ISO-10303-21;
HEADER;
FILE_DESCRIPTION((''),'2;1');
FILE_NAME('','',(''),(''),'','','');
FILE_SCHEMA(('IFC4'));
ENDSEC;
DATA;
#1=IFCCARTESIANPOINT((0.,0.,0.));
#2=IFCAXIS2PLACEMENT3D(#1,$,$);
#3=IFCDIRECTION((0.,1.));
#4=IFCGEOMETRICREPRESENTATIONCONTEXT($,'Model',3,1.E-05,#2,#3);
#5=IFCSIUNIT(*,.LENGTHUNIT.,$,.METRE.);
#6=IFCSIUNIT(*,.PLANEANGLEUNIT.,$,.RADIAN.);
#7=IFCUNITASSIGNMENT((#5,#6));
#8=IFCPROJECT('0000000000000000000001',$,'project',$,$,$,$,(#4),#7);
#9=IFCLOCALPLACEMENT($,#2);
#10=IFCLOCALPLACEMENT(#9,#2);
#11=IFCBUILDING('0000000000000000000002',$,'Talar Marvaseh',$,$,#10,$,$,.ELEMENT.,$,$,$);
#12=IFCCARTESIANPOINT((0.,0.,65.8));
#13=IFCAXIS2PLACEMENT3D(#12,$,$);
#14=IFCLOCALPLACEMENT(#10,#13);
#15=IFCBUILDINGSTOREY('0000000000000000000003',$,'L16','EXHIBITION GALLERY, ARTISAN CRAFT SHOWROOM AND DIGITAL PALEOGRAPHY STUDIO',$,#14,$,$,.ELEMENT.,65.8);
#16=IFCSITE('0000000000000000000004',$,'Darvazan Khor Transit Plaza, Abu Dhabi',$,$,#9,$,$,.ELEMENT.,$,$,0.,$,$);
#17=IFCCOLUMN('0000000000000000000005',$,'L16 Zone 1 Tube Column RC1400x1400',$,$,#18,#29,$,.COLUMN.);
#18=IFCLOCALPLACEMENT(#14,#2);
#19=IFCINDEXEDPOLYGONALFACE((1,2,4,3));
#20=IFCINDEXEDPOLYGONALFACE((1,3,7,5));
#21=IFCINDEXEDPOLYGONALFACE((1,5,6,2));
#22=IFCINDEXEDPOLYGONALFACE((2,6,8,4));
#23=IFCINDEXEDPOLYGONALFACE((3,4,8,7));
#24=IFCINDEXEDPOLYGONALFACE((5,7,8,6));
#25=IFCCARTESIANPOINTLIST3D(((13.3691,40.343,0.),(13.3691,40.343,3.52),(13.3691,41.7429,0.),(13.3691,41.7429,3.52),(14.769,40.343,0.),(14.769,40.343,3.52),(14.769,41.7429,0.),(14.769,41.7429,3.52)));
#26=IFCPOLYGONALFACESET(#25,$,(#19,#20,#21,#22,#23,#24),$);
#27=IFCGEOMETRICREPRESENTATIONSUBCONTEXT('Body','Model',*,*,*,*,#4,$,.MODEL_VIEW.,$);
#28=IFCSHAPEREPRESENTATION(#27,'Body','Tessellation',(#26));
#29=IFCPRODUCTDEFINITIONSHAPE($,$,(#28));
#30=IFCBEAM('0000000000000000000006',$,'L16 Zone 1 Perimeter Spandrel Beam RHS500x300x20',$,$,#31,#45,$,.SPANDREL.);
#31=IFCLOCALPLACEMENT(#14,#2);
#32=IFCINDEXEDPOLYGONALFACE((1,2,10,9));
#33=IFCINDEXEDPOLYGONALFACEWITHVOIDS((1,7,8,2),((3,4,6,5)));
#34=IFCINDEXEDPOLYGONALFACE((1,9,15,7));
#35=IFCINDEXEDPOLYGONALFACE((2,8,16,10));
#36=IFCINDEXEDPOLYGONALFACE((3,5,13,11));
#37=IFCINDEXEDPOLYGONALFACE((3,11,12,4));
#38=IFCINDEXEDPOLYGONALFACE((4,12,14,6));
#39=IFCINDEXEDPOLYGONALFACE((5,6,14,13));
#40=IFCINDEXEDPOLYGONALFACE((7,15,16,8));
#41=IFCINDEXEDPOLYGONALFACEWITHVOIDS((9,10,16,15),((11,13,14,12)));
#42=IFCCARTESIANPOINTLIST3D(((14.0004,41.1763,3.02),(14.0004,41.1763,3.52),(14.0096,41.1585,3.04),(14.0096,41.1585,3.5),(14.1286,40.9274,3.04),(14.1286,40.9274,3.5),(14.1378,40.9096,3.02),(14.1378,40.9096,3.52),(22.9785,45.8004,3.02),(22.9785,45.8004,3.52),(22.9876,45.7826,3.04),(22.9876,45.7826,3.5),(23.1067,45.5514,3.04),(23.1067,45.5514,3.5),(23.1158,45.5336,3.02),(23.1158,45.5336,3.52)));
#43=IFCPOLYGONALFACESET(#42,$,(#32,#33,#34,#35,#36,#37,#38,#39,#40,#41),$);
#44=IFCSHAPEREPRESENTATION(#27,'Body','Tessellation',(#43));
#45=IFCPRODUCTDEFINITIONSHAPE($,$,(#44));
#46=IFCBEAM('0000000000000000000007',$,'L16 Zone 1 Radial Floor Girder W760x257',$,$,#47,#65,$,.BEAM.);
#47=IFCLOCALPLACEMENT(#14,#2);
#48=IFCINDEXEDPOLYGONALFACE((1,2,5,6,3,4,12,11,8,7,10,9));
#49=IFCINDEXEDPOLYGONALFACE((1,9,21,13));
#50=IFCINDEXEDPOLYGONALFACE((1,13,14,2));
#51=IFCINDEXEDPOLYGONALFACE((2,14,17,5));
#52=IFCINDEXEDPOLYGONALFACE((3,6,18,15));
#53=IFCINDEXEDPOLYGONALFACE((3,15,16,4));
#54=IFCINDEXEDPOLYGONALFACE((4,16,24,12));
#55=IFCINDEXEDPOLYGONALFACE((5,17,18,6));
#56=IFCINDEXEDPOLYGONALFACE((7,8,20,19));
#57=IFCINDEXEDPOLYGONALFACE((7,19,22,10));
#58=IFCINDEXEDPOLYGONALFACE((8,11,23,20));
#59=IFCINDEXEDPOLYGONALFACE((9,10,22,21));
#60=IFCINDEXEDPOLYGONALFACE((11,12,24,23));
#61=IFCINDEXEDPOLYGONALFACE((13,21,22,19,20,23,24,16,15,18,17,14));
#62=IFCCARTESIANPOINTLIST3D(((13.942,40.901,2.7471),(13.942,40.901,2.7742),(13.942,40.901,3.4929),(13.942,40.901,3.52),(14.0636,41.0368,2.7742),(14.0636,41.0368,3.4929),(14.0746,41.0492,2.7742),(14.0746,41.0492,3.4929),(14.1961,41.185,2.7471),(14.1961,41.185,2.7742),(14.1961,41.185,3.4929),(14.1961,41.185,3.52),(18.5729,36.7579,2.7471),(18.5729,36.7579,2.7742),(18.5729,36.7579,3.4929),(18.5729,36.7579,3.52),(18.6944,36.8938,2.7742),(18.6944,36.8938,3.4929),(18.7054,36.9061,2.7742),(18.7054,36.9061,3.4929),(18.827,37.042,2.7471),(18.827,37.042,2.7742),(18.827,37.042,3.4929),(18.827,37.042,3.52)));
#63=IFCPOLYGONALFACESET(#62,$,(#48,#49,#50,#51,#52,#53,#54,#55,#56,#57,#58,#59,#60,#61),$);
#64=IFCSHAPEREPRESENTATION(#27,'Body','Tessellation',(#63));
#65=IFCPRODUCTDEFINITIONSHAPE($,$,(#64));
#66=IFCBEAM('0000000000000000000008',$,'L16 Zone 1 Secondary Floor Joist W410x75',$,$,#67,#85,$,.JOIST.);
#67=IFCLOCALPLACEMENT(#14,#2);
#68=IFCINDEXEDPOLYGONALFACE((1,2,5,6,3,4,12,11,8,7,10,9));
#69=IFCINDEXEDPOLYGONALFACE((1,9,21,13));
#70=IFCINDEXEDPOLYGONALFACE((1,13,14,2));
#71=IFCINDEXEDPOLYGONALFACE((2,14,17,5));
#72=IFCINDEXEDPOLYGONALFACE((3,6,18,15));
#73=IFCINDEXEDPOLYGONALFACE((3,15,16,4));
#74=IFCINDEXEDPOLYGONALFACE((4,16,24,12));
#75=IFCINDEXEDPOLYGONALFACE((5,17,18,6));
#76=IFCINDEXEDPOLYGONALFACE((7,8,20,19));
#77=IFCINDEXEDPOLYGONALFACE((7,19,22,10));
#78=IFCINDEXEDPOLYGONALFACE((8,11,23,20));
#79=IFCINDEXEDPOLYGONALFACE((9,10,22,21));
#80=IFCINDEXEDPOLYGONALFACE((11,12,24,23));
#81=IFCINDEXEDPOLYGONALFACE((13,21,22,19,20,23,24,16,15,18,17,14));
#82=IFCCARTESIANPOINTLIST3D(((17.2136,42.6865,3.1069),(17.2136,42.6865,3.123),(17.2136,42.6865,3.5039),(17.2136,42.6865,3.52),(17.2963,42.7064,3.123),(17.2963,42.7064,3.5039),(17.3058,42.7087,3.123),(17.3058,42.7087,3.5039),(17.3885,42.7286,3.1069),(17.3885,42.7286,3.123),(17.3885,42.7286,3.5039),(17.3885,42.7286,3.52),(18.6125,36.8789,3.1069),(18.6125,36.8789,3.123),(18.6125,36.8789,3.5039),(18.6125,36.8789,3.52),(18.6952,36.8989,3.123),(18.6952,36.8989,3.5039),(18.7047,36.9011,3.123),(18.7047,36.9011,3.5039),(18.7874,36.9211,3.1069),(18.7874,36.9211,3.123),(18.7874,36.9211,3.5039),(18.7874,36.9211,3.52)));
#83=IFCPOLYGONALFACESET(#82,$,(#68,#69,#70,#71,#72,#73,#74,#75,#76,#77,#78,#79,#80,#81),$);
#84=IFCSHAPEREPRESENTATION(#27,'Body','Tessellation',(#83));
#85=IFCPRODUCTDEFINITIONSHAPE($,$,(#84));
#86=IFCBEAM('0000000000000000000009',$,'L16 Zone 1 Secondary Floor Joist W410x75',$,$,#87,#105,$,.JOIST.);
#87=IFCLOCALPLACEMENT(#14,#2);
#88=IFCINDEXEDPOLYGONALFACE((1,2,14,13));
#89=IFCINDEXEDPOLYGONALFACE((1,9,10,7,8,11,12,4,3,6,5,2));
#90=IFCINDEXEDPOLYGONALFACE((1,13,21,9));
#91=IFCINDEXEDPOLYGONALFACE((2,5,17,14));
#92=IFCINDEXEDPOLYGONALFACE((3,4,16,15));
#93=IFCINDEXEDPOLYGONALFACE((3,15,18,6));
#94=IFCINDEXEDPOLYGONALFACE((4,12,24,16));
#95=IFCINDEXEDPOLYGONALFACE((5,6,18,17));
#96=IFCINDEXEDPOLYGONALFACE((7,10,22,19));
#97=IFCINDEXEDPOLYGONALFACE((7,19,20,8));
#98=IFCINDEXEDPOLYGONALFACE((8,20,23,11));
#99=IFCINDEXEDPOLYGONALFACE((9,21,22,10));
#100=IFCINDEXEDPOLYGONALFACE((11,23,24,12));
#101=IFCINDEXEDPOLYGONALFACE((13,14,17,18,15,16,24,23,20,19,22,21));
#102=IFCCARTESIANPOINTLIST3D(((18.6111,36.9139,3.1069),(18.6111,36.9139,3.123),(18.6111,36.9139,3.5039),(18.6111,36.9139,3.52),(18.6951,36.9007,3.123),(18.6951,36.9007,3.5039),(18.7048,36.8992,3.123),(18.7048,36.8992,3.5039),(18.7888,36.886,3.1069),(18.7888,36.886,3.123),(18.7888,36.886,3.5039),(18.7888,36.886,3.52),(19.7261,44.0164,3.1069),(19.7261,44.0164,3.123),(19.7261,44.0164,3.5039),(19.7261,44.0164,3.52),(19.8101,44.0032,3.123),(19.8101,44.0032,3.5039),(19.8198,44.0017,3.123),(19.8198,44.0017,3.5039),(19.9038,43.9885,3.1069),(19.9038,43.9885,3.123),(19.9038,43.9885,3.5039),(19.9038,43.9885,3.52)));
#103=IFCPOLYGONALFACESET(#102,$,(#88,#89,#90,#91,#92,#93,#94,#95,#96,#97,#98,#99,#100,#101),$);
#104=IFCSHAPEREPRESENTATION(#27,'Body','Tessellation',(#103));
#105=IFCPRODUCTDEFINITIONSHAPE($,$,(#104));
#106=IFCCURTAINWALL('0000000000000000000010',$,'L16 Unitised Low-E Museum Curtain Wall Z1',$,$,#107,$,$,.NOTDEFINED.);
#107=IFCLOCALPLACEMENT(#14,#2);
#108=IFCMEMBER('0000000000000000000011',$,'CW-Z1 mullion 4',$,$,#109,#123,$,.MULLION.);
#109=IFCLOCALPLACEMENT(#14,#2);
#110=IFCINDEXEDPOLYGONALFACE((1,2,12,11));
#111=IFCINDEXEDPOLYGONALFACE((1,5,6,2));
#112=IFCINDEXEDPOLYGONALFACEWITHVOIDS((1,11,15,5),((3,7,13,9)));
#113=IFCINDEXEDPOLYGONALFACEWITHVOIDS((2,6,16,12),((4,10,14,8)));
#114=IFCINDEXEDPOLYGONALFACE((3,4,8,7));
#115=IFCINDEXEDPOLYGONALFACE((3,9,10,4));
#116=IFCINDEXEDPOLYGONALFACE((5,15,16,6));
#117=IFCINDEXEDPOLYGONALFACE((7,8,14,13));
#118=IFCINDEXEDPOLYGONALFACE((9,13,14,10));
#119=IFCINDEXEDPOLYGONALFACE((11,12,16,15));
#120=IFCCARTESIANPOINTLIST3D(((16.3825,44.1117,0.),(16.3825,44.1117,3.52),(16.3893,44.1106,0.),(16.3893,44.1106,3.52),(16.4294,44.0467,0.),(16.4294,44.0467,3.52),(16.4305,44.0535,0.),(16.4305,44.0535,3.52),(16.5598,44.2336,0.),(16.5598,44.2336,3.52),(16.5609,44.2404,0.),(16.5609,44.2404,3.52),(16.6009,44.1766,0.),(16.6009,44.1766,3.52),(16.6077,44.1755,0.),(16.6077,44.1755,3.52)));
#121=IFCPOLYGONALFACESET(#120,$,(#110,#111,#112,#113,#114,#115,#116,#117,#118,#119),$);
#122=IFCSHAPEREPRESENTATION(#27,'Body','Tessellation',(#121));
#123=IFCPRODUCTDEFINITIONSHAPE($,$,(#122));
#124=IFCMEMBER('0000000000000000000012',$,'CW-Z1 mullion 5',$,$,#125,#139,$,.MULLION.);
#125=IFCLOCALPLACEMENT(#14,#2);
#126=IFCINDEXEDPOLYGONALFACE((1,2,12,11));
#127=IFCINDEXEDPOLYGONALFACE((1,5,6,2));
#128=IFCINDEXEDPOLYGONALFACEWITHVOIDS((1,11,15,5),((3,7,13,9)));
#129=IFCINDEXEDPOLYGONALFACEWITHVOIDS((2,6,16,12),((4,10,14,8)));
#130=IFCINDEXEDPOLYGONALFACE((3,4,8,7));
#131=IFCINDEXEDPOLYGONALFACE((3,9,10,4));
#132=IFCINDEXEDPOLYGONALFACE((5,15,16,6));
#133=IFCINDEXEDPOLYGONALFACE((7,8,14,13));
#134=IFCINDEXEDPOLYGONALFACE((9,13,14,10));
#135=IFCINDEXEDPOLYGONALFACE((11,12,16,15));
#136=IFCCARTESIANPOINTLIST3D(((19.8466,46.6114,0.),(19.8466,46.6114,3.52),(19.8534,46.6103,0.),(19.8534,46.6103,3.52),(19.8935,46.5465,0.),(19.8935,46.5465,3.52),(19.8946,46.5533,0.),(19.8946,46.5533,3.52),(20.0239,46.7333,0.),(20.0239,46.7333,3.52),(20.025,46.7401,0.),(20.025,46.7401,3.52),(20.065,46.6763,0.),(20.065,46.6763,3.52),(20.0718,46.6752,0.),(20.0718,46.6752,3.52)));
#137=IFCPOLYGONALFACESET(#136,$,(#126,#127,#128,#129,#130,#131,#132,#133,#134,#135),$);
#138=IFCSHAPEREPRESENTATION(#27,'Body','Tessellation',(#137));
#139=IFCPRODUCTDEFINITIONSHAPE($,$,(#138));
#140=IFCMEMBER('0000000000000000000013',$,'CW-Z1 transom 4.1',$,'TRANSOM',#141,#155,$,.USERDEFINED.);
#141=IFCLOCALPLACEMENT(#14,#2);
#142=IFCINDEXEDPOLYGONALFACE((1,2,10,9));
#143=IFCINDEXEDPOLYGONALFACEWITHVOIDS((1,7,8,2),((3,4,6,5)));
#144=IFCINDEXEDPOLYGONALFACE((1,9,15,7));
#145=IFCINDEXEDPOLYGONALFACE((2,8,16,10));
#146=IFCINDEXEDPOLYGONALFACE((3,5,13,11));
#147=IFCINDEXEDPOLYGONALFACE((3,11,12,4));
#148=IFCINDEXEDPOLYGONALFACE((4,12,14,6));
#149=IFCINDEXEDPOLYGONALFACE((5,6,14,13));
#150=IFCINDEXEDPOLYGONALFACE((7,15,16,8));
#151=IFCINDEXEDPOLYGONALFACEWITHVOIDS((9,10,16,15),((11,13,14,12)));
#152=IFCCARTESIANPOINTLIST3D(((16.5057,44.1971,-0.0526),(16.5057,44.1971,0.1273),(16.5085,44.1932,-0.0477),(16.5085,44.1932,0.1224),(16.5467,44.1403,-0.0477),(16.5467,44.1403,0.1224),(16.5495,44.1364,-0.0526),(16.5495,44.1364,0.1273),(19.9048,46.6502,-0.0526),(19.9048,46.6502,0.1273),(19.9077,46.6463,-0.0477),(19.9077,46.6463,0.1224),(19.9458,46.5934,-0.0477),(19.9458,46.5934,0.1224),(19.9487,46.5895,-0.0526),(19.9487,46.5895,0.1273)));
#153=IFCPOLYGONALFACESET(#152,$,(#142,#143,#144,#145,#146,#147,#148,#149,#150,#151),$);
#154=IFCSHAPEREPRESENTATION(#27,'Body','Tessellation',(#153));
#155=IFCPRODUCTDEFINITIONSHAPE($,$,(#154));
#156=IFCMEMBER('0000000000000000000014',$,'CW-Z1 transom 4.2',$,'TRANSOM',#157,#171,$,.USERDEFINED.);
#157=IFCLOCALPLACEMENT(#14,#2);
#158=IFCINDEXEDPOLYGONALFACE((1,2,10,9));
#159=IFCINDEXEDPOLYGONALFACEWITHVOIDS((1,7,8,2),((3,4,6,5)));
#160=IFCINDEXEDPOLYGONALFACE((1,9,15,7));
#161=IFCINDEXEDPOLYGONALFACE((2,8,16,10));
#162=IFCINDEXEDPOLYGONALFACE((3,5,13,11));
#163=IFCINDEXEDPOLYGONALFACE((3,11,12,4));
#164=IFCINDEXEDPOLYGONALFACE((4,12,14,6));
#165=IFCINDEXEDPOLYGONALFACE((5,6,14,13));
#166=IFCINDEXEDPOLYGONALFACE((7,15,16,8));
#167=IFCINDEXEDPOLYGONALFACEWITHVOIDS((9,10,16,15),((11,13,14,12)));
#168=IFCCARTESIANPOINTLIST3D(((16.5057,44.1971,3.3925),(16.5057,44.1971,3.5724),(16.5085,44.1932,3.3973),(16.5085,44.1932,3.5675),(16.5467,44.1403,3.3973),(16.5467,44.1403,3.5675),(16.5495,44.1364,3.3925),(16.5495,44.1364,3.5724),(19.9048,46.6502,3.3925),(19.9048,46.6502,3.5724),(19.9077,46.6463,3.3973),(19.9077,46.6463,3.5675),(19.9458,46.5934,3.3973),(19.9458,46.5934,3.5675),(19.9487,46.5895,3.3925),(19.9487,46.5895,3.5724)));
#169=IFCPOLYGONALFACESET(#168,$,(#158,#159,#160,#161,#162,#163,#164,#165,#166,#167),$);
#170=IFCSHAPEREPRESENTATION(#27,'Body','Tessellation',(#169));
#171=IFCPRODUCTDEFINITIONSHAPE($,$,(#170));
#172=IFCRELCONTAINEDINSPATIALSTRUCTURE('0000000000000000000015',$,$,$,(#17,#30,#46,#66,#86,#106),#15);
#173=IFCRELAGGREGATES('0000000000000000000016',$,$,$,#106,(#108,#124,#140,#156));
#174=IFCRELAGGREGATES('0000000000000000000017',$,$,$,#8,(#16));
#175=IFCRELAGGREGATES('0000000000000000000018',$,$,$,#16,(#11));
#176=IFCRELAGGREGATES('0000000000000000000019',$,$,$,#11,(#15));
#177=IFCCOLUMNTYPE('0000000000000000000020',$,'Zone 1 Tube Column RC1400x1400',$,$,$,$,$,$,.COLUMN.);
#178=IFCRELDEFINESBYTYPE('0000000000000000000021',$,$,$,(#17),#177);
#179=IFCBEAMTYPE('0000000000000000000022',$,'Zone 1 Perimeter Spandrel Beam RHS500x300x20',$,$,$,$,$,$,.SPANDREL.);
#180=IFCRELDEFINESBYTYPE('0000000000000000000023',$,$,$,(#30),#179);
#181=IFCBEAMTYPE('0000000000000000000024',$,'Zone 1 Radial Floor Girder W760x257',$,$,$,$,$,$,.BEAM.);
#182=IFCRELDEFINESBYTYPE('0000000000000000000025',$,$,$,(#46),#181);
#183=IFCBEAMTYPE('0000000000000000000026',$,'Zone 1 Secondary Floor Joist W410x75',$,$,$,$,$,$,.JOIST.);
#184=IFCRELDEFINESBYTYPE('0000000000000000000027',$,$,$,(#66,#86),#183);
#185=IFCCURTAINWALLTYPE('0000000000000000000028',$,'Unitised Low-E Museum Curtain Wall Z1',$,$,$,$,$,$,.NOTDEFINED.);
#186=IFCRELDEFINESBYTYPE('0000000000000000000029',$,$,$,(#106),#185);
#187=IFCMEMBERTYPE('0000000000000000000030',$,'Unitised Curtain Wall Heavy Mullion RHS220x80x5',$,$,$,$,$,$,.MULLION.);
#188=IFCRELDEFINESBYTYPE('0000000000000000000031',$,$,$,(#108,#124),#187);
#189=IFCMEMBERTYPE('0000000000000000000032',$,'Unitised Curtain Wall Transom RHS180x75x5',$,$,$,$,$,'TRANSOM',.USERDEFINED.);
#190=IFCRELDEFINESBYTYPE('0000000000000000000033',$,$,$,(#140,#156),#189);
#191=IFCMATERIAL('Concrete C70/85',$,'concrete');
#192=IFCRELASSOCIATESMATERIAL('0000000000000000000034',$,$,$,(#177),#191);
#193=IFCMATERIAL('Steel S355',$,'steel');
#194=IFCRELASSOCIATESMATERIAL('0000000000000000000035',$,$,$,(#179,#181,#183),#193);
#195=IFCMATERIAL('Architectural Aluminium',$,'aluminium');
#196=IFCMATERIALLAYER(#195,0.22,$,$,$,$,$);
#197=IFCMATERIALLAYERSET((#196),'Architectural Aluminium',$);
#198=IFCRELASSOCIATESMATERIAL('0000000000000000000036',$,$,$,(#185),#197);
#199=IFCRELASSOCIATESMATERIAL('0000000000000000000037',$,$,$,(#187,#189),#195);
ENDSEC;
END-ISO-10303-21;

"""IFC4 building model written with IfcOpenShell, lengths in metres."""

from ifc_helpers import new_model, si_unit, direction, frame, origin, origin_2d, place, context, subcontext, project, spatial, rectangle, hollow_rectangle, i_section, extrude, source, transform, mapped, material, layer, layer_set, material_profile, profile_set, type_object, type_shapes, element, aggregate, save


model = new_model("IFC4")

# Units and contexts
model_context = context("Model", 3, precision=1e-05, world=origin(), true_north=direction((0.0, 1.0)))
body_context = subcontext(model_context, "Body", "Model", "MODEL_VIEW")
ifc_project = project(units=[si_unit("LENGTHUNIT", "METRE"), si_unit("PLANEANGLEUNIT", "RADIAN")], contexts=[model_context])

# Site, building, storey
site_placement = place(None, origin())
site = spatial("IfcSite", under=ifc_project, at=site_placement, Name="Darvazan Khor Transit Plaza, Abu Dhabi", CompositionType="ELEMENT", RefElevation=0.0)
building_placement = place(site_placement, origin())
building = spatial("IfcBuilding", under=site, at=building_placement, Name="Talar Marvaseh", CompositionType="ELEMENT")
storey_placement = place(building_placement, frame((0.0, 0.0, 65.8)))
storey = spatial("IfcBuildingStorey", under=building, at=storey_placement, Name="L16", Description="EXHIBITION GALLERY, ARTISAN CRAFT SHOWROOM AND DIGITAL PALEOGRAPHY STUDIO", CompositionType="ELEMENT", Elevation=65.8)

# Column
ifc_material_1 = material(Name="Concrete C70/85", Category="concrete")
ifc_material_profile_1 = material_profile(ifc_material_1, rectangle(XDim=1.3999, YDim=1.3999, at=origin_2d()), Name="RC1400x1400")
ifc_profile_set_1 = profile_set([ifc_material_profile_1], Name="Concrete C70/85")
column_type = type_object("IfcColumnType", Name="Zone 1 Tube Column RC1400x1400", PredefinedType="COLUMN", material=ifc_profile_set_1)
column_placement = place(storey_placement, frame((14.0691, 41.043, 0.0), z_axis=(0.0, 0.0, 1.0), x_axis=(1.0, 0.0, 0.0)))
element("IfcColumn", 1, at=column_placement, inside=storey, type_object=column_type, Name="L16 Zone 1 Tube Column RC1400x1400", PredefinedType="COLUMN", context=body_context, shape_type="SweptSolid", body=[
    extrude(rectangle(XDim=1.3999, YDim=1.3999, at=origin_2d()), origin(), (0.0, 0.0, 1.0), 3.52),
])

# Beams
ifc_material_2 = material(Name="Steel S355", Category="steel")
ifc_material_profile_2 = material_profile(ifc_material_2, hollow_rectangle(XDim=0.3, YDim=0.5, WallThickness=0.02, at=origin_2d()), Name="RHS500x300x20")
ifc_profile_set_2 = profile_set([ifc_material_profile_2], Name="Steel S355")
beam_type_1 = type_object("IfcBeamType", Name="Zone 1 Perimeter Spandrel Beam RHS500x300x20", PredefinedType="SPANDREL", material=ifc_profile_set_2)
beam_1_placement = place(storey_placement, frame((14.0691, 41.043, 3.27), z_axis=(0.889016, 0.457877, 0.0), x_axis=(-0.457877, 0.889016, 0.0)))
element("IfcBeam", 2, at=beam_1_placement, inside=storey, type_object=beam_type_1, Name="L16 Zone 1 Perimeter Spandrel Beam RHS500x300x20", PredefinedType="SPANDREL", context=body_context, shape_type="SweptSolid", body=[
    extrude(hollow_rectangle(XDim=0.3, YDim=0.5, WallThickness=0.02, at=origin_2d()), origin(), (0.0, 0.0, 1.0), 10.0989),
])
ifc_material_profile_3 = material_profile(ifc_material_2, i_section(OverallWidth=0.3811, OverallDepth=0.7729, WebThickness=0.0166, FlangeThickness=0.0271, at=origin_2d()), Name="W760x257")
ifc_profile_set_3 = profile_set([ifc_material_profile_3], Name="Steel S355")
beam_type_2 = type_object("IfcBeamType", Name="Zone 1 Radial Floor Girder W760x257", PredefinedType="BEAM", material=ifc_profile_set_3)
beam_2_placement = place(storey_placement, frame((14.0691, 41.043, 3.1335), z_axis=(0.745268, -0.666765, 0.0), x_axis=(0.666765, 0.745268, 0.0)))
element("IfcBeam", 3, at=beam_2_placement, inside=storey, type_object=beam_type_2, Name="L16 Zone 1 Radial Floor Girder W760x257", PredefinedType="BEAM", context=body_context, shape_type="SweptSolid", body=[
    extrude(i_section(OverallWidth=0.3811, OverallDepth=0.7729, WebThickness=0.0166, FlangeThickness=0.0271, at=origin_2d()), origin(), (0.0, 0.0, 1.0), 6.2136),
])
ifc_material_profile_4 = material_profile(ifc_material_2, i_section(OverallWidth=0.1799, OverallDepth=0.4131, WebThickness=0.0098, FlangeThickness=0.0161, at=origin_2d()), Name="W410x75")
ifc_profile_set_4 = profile_set([ifc_material_profile_4], Name="Steel S355")
beam_type_3 = type_object("IfcBeamType", Name="Zone 1 Secondary Floor Joist W410x75", PredefinedType="JOIST", material=ifc_profile_set_4)
beam_3_placement = place(storey_placement, frame((17.301, 42.7075, 3.3135), z_axis=(0.23418, -0.972193, 0.0), x_axis=(0.972193, 0.23418, 0.0)))
element("IfcBeam", 4, at=beam_3_placement, inside=storey, type_object=beam_type_3, Name="L16 Zone 1 Secondary Floor Joist W410x75", PredefinedType="JOIST", context=body_context, shape_type="SweptSolid", body=[
    extrude(i_section(OverallWidth=0.1799, OverallDepth=0.4131, WebThickness=0.0098, FlangeThickness=0.0161, at=origin_2d()), origin(), (0.0, 0.0, 1.0), 5.9736),
])
beam_4_placement = place(storey_placement, frame((19.8149, 44.0024, 3.3135), z_axis=(-0.155085, -0.987901, 0.0), x_axis=(0.987901, -0.155085, 0.0)))
element("IfcBeam", 5, at=beam_4_placement, inside=storey, type_object=beam_type_3, Name="L16 Zone 1 Secondary Floor Joist W410x75", PredefinedType="JOIST", context=body_context, shape_type="SweptSolid", body=[
    extrude(i_section(OverallWidth=0.1799, OverallDepth=0.4131, WebThickness=0.0098, FlangeThickness=0.0161, at=origin_2d()), origin(), (0.0, 0.0, 1.0), 7.1895),
])

# Curtain wall, members
ifc_material_3 = material(Name="Architectural Aluminium", Category="aluminium")
ifc_layer_1 = layer(ifc_material_3, 0.22)
ifc_layer_set_1 = layer_set([ifc_layer_1], Name="Architectural Aluminium")
curtain_wall_type = type_object("IfcCurtainWallType", Name="Unitised Low-E Museum Curtain Wall Z1", PredefinedType="NOTDEFINED", material=ifc_layer_set_1)
curtain_wall_placement = place(storey_placement, origin())
curtain_wall = element("IfcCurtainWall", 6, at=curtain_wall_placement, inside=storey, type_object=curtain_wall_type, Name="L16 Unitised Low-E Museum Curtain Wall Z1", PredefinedType="NOTDEFINED")
ifc_material_profile_5 = material_profile(ifc_material_3, hollow_rectangle(XDim=0.0801, YDim=0.22, WallThickness=0.0049, at=origin_2d()), Name="RHS220x80x5")
ifc_profile_set_5 = profile_set([ifc_material_profile_5], Name="Architectural Aluminium")
member_type_1 = type_object("IfcMemberType", Name="Unitised Curtain Wall Heavy Mullion RHS220x80x5", PredefinedType="MULLION", material=ifc_profile_set_5)
shared_shape_1 = source(origin(), body_context, "Body", "SweptSolid", [
    extrude(hollow_rectangle(XDim=0.0801, YDim=0.22, WallThickness=0.0049, at=origin_2d()), origin(), (0.0, 0.0, 1.0), 3.52),
])
type_shapes(member_type_1, [shared_shape_1])
member_1_placement = place(storey_placement, frame((16.4951, 44.1436, 0.0), z_axis=(0.0, 0.0, 1.0), x_axis=(-0.585209, 0.810882, 0.0)))
member_1 = element("IfcMember", 7, at=member_1_placement, type_object=member_type_1, Name="CW-Z1 mullion 4", PredefinedType="MULLION", context=body_context, shape_type="MappedRepresentation", body=[
    mapped(shared_shape_1, transform((0.0, 0.0, 0.0), x_axis=(1.0, 0.0, 0.0), y_axis=(0.0, 1.0, 0.0), z_axis=(0.0, 0.0, 1.0), scale=1.0)),
])
member_2_placement = place(storey_placement, frame((19.9592, 46.6433, 0.0), z_axis=(0.0, 0.0, 1.0), x_axis=(-0.585209, 0.810882, 0.0)))
member_2 = element("IfcMember", 8, at=member_2_placement, type_object=member_type_1, Name="CW-Z1 mullion 5", PredefinedType="MULLION", context=body_context, shape_type="MappedRepresentation", body=[
    mapped(shared_shape_1, transform((0.0, 0.0, 0.0), x_axis=(1.0, 0.0, 0.0), y_axis=(0.0, 1.0, 0.0), z_axis=(0.0, 0.0, 1.0), scale=1.0)),
])
ifc_material_profile_6 = material_profile(ifc_material_3, hollow_rectangle(XDim=0.075, YDim=0.1799, WallThickness=0.0049, at=origin_2d()), Name="RHS180x75x5")
ifc_profile_set_6 = profile_set([ifc_material_profile_6], Name="Architectural Aluminium")
member_type_2 = type_object("IfcMemberType", Name="Unitised Curtain Wall Transom RHS180x75x5", ElementType="TRANSOM", PredefinedType="USERDEFINED", material=ifc_profile_set_6)
shared_shape_2 = source(origin(), body_context, "Body", "SweptSolid", [
    extrude(hollow_rectangle(XDim=0.075, YDim=0.1799, WallThickness=0.0049, at=origin_2d()), origin(), (0.0, 0.0, 1.0), 4.1919),
])
type_shapes(member_type_2, [shared_shape_2])
member_3_placement = place(storey_placement, frame((16.5276, 44.1667, 0.0374), z_axis=(0.810887, 0.585203, 0.0), x_axis=(-0.585203, 0.810887, 0.0)))
member_3 = element("IfcMember", 9, at=member_3_placement, type_object=member_type_2, Name="CW-Z1 transom 4.1", ObjectType="TRANSOM", PredefinedType="USERDEFINED", context=body_context, shape_type="MappedRepresentation", body=[
    mapped(shared_shape_2, transform((0.0, 0.0, 0.0), x_axis=(1.0, 0.0, 0.0), y_axis=(0.0, 1.0, 0.0), z_axis=(0.0, 0.0, 1.0), scale=1.0)),
])
member_4_placement = place(storey_placement, frame((16.5276, 44.1667, 3.4824), z_axis=(0.810887, 0.585203, 0.0), x_axis=(-0.585203, 0.810887, 0.0)))
member_4 = element("IfcMember", 10, at=member_4_placement, type_object=member_type_2, Name="CW-Z1 transom 4.2", ObjectType="TRANSOM", PredefinedType="USERDEFINED", context=body_context, shape_type="MappedRepresentation", body=[
    mapped(shared_shape_2, transform((0.0, 0.0, 0.0), x_axis=(1.0, 0.0, 0.0), y_axis=(0.0, 1.0, 0.0), z_axis=(0.0, 0.0, 1.0), scale=1.0)),
])
aggregate(curtain_wall, [member_1, member_2, member_3, member_4])

save(model, "model.ifc")
